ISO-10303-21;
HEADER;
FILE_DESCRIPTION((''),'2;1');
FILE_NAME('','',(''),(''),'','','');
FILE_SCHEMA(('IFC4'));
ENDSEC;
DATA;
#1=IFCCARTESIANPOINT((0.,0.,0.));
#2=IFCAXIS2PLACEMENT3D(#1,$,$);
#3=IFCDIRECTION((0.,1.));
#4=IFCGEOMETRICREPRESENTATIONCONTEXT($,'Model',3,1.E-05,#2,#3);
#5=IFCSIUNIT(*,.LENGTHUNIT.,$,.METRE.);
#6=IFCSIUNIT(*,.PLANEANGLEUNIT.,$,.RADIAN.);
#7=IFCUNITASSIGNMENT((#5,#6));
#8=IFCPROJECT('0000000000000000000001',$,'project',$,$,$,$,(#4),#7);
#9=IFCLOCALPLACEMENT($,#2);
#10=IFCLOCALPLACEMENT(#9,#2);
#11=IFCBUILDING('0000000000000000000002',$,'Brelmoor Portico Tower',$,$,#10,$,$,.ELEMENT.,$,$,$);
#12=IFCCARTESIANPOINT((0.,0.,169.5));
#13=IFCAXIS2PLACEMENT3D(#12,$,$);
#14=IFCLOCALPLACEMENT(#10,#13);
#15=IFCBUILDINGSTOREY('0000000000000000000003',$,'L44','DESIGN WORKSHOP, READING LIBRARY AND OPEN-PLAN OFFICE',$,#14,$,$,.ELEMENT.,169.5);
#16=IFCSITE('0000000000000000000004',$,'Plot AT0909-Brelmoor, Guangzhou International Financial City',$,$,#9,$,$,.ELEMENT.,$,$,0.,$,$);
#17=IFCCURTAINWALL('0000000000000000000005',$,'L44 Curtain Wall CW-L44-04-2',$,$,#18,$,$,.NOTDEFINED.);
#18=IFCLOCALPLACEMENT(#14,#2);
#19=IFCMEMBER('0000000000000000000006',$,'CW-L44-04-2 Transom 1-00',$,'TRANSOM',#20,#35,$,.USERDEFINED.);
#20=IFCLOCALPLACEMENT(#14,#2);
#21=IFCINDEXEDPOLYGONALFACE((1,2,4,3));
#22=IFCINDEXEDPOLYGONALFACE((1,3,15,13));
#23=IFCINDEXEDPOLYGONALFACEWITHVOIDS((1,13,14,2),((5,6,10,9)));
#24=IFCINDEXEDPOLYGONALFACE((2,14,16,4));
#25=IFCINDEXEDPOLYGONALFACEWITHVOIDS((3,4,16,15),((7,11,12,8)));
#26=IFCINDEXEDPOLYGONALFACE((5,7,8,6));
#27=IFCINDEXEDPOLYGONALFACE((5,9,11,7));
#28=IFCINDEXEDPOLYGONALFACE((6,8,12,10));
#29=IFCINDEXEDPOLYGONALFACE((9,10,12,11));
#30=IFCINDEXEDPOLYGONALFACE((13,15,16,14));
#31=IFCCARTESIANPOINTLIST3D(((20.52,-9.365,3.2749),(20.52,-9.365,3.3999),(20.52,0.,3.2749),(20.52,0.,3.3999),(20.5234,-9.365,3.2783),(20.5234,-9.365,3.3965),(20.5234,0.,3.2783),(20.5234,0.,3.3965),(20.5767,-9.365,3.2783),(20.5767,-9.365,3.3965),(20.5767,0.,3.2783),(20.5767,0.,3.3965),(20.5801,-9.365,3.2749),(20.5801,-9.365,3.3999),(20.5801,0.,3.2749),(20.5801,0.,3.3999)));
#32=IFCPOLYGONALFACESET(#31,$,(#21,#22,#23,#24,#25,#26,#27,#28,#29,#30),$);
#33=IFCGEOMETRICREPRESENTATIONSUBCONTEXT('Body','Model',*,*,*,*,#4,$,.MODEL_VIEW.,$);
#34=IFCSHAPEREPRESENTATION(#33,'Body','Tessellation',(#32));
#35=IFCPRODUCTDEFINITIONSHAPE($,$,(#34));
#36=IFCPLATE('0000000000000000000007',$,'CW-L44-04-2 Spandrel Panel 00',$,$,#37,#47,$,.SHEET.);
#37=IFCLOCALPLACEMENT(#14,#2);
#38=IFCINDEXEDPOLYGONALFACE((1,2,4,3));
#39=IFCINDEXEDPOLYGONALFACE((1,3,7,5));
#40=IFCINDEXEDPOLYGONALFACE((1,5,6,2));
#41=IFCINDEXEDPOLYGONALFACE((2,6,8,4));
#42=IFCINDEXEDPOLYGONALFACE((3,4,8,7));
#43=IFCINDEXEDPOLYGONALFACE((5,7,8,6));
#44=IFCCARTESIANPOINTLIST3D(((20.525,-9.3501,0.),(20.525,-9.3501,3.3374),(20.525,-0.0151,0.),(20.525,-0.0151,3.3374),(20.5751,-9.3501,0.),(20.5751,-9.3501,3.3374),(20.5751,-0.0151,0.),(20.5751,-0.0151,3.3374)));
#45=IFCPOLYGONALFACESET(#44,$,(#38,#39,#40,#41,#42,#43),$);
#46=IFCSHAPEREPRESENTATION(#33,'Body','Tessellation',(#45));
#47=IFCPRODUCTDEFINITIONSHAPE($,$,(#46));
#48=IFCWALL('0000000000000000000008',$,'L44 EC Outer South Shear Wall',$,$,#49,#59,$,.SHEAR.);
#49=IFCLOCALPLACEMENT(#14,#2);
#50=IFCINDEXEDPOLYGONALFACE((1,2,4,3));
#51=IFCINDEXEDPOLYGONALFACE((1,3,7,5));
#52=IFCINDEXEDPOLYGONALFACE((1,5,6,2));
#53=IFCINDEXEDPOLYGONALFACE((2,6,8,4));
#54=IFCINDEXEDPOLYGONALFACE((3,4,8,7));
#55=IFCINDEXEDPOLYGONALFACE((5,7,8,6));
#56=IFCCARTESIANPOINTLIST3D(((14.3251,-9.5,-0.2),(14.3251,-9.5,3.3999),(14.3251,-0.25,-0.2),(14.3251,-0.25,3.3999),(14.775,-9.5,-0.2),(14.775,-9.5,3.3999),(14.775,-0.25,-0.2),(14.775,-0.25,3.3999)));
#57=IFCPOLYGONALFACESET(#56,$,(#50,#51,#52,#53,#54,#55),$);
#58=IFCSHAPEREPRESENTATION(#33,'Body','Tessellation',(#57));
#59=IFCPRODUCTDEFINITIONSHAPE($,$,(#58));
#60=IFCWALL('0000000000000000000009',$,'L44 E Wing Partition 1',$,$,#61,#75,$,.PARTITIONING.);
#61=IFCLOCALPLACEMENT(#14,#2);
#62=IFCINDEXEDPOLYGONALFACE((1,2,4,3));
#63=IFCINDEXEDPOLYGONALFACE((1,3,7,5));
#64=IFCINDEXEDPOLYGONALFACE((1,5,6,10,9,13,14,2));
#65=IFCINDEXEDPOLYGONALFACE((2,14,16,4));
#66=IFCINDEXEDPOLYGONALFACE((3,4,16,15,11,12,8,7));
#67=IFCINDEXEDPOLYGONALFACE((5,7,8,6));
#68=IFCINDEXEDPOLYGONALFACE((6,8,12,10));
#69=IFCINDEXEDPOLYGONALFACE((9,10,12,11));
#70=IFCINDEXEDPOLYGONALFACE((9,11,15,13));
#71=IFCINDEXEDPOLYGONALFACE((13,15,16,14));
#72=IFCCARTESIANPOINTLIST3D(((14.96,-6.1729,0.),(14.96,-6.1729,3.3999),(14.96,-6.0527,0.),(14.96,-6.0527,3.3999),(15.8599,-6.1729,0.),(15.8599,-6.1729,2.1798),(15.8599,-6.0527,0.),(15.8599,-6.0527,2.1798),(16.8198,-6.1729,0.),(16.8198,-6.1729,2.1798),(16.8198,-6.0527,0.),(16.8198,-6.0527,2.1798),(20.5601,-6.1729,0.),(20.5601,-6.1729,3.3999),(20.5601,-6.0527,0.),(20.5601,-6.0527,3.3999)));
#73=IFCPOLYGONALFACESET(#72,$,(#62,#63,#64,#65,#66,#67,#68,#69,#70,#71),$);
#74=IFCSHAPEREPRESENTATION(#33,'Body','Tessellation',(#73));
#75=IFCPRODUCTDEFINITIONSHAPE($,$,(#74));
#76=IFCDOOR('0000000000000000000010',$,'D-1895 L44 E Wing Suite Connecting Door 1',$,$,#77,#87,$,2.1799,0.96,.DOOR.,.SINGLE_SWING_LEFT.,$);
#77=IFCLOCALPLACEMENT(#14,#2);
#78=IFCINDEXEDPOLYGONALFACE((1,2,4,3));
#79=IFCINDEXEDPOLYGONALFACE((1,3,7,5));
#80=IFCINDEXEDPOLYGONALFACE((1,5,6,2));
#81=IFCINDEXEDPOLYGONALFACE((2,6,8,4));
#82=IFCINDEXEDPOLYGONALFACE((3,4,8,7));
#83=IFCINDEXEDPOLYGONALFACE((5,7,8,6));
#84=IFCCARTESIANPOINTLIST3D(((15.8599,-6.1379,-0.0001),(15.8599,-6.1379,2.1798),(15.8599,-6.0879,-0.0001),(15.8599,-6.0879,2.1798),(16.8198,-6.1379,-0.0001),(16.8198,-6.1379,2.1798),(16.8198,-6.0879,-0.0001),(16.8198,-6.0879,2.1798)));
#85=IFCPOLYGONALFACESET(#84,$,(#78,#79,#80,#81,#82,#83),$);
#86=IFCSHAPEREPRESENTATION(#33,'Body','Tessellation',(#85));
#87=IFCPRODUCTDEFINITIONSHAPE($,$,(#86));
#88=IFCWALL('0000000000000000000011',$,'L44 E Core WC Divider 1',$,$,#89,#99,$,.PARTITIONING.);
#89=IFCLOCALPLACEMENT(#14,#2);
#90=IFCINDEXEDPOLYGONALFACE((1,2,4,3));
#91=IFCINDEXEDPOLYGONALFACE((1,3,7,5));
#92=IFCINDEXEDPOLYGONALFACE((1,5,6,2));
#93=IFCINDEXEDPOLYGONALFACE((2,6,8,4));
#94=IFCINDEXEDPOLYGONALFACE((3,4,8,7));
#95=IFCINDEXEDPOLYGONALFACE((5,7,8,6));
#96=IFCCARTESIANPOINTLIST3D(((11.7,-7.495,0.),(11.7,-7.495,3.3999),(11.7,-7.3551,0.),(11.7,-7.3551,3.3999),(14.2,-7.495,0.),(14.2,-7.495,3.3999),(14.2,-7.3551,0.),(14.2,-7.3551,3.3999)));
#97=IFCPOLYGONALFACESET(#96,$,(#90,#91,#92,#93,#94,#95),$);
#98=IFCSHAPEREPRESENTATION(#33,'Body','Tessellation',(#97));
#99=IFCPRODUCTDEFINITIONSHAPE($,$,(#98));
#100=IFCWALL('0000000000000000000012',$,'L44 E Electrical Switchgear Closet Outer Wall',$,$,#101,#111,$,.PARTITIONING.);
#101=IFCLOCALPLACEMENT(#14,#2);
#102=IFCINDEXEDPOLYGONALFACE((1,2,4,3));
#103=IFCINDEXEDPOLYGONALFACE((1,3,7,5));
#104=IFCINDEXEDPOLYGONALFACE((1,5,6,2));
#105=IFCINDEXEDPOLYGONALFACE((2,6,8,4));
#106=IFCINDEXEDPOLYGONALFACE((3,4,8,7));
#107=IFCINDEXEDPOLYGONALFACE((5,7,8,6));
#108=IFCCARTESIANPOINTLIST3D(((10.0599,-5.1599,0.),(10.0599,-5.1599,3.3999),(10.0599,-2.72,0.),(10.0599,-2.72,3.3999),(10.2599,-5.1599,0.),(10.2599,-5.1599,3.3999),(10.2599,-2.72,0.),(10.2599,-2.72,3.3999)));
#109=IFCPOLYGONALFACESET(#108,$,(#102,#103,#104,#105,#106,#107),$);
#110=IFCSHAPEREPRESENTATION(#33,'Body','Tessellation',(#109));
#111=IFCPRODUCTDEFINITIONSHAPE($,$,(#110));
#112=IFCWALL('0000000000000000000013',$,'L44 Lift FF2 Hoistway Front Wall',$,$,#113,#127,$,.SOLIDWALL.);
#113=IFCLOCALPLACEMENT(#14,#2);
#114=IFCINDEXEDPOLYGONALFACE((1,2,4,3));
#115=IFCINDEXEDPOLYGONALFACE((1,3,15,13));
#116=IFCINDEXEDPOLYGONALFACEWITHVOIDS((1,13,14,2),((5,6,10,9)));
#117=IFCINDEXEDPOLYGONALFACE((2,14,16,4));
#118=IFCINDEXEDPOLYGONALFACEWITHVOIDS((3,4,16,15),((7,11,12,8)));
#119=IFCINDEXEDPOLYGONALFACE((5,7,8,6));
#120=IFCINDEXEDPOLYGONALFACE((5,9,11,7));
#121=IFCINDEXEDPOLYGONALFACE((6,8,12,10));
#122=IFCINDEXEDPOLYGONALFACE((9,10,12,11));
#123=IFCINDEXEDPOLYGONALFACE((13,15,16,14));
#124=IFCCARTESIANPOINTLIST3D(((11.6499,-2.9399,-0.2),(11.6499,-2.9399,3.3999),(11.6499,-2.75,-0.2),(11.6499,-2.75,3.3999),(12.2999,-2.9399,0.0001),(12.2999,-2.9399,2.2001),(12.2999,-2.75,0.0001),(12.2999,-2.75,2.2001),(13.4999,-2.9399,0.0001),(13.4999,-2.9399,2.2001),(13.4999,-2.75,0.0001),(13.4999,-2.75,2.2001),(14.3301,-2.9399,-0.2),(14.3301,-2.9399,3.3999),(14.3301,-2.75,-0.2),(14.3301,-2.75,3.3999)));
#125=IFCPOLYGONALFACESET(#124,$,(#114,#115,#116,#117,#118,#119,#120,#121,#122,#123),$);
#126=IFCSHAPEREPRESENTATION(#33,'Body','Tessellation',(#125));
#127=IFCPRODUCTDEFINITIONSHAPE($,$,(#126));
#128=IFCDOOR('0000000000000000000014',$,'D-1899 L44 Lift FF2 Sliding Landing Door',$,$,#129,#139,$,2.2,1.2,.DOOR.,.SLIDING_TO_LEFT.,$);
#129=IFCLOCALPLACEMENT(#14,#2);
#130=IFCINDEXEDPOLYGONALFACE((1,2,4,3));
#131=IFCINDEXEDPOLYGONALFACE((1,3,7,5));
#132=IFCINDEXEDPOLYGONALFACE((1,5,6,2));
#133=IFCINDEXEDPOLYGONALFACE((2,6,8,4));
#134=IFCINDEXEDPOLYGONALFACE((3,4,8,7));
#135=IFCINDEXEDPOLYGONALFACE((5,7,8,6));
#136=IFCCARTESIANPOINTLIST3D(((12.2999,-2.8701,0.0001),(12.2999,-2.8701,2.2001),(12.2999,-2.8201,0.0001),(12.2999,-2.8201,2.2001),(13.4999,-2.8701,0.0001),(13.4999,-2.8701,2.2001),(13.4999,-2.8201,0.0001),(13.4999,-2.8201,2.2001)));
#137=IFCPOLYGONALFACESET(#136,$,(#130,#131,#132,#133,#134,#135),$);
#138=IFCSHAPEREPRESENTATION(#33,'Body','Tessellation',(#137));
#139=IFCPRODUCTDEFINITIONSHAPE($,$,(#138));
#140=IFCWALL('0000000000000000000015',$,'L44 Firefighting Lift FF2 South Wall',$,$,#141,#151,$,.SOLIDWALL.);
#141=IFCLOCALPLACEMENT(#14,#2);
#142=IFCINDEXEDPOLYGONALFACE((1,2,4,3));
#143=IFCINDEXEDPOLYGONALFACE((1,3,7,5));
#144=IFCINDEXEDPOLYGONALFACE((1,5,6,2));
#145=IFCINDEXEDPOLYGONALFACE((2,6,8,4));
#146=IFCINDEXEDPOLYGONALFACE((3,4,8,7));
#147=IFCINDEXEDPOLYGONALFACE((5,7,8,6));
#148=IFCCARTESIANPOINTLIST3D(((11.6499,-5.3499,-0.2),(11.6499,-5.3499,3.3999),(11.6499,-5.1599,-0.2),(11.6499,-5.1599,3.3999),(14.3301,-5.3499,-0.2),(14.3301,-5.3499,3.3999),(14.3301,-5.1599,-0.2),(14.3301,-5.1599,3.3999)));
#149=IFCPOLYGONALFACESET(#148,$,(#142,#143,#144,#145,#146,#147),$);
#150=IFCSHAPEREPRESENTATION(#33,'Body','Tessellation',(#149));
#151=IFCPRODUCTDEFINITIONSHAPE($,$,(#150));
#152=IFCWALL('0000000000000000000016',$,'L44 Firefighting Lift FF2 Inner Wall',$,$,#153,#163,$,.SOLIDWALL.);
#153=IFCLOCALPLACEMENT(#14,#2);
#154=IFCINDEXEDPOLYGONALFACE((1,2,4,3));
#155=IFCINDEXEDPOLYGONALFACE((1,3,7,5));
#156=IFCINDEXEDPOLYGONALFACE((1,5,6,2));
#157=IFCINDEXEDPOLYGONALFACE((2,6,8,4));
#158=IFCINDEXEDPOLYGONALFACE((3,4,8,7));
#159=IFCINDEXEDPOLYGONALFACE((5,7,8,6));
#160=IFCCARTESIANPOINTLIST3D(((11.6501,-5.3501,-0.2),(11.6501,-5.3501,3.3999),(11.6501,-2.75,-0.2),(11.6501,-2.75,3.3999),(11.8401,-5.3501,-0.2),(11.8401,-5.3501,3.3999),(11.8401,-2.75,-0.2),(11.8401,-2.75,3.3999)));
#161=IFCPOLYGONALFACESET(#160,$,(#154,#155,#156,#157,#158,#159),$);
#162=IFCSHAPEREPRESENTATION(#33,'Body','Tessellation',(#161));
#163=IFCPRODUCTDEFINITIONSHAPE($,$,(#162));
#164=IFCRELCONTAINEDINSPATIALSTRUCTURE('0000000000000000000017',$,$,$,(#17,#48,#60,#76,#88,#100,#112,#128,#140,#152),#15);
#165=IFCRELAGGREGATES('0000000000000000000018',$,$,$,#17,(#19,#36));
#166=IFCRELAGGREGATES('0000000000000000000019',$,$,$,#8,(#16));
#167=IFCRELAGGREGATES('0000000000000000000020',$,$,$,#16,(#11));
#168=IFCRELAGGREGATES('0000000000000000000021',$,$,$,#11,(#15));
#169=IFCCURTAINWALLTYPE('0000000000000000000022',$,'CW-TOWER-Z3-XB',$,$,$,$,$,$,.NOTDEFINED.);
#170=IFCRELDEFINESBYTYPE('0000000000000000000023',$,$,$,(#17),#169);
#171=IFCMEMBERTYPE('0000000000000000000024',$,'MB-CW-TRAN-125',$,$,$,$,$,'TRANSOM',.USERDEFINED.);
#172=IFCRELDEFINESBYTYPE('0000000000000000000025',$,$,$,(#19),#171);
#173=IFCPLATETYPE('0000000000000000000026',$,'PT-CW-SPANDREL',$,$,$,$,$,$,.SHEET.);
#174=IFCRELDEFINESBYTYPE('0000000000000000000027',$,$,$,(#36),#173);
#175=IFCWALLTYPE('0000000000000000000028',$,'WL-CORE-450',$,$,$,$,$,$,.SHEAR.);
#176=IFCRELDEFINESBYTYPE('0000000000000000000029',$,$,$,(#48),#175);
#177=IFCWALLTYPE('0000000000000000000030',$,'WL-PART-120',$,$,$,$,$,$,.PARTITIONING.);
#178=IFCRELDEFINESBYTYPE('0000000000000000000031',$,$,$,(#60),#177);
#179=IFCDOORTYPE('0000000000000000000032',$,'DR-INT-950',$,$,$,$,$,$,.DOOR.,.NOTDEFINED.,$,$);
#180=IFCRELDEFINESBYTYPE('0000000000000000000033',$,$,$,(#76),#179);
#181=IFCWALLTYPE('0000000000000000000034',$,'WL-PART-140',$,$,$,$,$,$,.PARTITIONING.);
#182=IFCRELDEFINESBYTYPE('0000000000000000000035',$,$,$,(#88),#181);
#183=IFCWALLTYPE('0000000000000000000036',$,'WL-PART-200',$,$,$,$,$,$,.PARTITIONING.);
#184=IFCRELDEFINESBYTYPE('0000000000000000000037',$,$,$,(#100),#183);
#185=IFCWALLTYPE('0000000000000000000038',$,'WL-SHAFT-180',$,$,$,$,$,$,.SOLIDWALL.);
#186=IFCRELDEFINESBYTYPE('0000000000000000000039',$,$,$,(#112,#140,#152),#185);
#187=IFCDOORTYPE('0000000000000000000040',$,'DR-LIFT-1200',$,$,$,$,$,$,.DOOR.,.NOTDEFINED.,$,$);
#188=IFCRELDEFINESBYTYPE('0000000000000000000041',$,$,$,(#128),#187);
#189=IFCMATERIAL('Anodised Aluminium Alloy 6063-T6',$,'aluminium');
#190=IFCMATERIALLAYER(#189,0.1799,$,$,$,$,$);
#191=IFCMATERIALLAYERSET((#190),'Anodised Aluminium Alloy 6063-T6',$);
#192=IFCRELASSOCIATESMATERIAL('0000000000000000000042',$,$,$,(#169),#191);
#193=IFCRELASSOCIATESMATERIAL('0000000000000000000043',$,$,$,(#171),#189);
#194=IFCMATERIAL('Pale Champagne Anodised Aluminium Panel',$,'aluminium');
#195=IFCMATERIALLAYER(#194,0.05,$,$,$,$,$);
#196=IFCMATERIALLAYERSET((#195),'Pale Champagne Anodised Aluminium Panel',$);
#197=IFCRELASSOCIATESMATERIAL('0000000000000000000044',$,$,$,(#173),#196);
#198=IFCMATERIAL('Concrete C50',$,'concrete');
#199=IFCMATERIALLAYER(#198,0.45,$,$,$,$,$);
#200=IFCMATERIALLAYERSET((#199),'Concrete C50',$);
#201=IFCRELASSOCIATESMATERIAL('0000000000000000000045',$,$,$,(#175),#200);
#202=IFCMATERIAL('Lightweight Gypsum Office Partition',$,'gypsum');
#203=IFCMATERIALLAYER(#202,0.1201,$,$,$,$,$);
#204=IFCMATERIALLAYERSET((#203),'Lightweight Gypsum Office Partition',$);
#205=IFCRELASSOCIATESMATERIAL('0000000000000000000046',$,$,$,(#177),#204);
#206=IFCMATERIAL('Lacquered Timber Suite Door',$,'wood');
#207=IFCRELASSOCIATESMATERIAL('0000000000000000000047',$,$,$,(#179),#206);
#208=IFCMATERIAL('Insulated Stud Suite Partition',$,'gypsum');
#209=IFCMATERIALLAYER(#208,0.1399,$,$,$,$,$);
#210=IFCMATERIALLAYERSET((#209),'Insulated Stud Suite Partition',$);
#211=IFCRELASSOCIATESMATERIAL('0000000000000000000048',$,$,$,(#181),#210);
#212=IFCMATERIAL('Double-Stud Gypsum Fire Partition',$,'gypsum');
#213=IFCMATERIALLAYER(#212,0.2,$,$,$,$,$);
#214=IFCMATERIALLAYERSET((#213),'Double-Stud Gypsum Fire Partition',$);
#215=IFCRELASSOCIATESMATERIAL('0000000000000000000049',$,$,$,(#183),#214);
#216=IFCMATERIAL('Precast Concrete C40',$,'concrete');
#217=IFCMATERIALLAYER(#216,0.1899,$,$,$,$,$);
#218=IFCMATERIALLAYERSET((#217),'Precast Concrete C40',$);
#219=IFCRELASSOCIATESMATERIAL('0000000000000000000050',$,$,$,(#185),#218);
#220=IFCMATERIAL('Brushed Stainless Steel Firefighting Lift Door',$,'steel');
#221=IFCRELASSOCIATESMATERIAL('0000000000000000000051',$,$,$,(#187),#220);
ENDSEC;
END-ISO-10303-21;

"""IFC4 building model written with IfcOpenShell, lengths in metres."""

from ifc_helpers import new_model, si_unit, direction, frame, frame_2d, origin, origin_2d, place, context, subcontext, project, spatial, rectangle, hollow_rectangle, extrude, material, layer, layer_set, material_profile, profile_set, type_object, element, fill, aggregate, save


model = new_model("IFC4")

# Units and contexts
model_context = context("Model", 3, precision=1e-05, world=origin(), true_north=direction((0.0, 1.0)))
body_context = subcontext(model_context, "Body", "Model", "MODEL_VIEW")
ifc_project = project(units=[si_unit("LENGTHUNIT", "METRE"), si_unit("PLANEANGLEUNIT", "RADIAN")], contexts=[model_context])

# Site, building, storey
site_placement = place(None, origin())
site = spatial("IfcSite", under=ifc_project, at=site_placement, Name="Plot AT0909-Brelmoor, Guangzhou International Financial City", CompositionType="ELEMENT", RefElevation=0.0)
building_placement = place(site_placement, origin())
building = spatial("IfcBuilding", under=site, at=building_placement, Name="Brelmoor Portico Tower", CompositionType="ELEMENT")
storey_placement = place(building_placement, frame((0.0, 0.0, 169.5)))
storey = spatial("IfcBuildingStorey", under=building, at=storey_placement, Name="L44", Description="DESIGN WORKSHOP, READING LIBRARY AND OPEN-PLAN OFFICE", CompositionType="ELEMENT", Elevation=169.5)

# Shared definitions
ifc_material_1 = material(Name="Anodised Aluminium Alloy 6063-T6", Category="aluminium")
ifc_layer_1 = layer(ifc_material_1, 0.1799)
ifc_layer_set_1 = layer_set([ifc_layer_1], Name="Anodised Aluminium Alloy 6063-T6")
curtain_wall_type = type_object("IfcCurtainWallType", Name="CW-TOWER-Z3-XB", PredefinedType="NOTDEFINED", material=ifc_layer_set_1)

# Curtain wall, member, plate
curtain_wall_1_placement = place(storey_placement, origin())
curtain_wall_1 = element("IfcCurtainWall", 1, at=curtain_wall_1_placement, inside=storey, type_object=curtain_wall_type, Name="L44 Curtain Wall CW-L44-04-2", PredefinedType="NOTDEFINED")
ifc_material_profile_1 = material_profile(ifc_material_1, hollow_rectangle(XDim=0.0601, YDim=0.125, WallThickness=0.0034, at=origin_2d()), Name="ALU TRANSOM 60x125")
ifc_profile_set_1 = profile_set([ifc_material_profile_1], Name="Anodised Aluminium Alloy 6063-T6")
member_type_1 = type_object("IfcMemberType", Name="MB-CW-TRAN-125", ElementType="TRANSOM", PredefinedType="USERDEFINED", material=ifc_profile_set_1)
member_1_placement = place(storey_placement, frame((20.55, -9.365, 3.3374), z_axis=(0.0, 1.0, 0.0), x_axis=(-1.0, 0.0, 0.0)))
member_1 = element("IfcMember", 2, at=member_1_placement, type_object=member_type_1, Name="CW-L44-04-2 Transom 1-00", ObjectType="TRANSOM", PredefinedType="USERDEFINED", context=body_context, shape_type="SweptSolid", body=[
    extrude(hollow_rectangle(XDim=0.0601, YDim=0.125, WallThickness=0.0034, at=origin_2d()), origin(), (0.0, 0.0, 1.0), 9.365),
])
ifc_material_2 = material(Name="Pale Champagne Anodised Aluminium Panel", Category="aluminium")
ifc_layer_2 = layer(ifc_material_2, 0.05)
ifc_layer_set_2 = layer_set([ifc_layer_2], Name="Pale Champagne Anodised Aluminium Panel")
plate_type = type_object("IfcPlateType", Name="PT-CW-SPANDREL", PredefinedType="SHEET", material=ifc_layer_set_2)
plate_placement = place(storey_placement, frame((20.55, -4.6826, 0.0), z_axis=(0.0, 0.0, 1.0), x_axis=(0.0, 1.0, 0.0)))
plate = element("IfcPlate", 3, at=plate_placement, type_object=plate_type, Name="CW-L44-04-2 Spandrel Panel 00", PredefinedType="SHEET", context=body_context, shape_type="SweptSolid", body=[
    extrude(rectangle(XDim=9.335, YDim=0.05, at=origin_2d()), origin(), (0.0, 0.0, 1.0), 3.3374),
])
aggregate(curtain_wall_1, [member_1, plate])

# Wall
ifc_material_3 = material(Name="Concrete C50", Category="concrete")
ifc_layer_3 = layer(ifc_material_3, 0.45)
ifc_layer_set_3 = layer_set([ifc_layer_3], Name="Concrete C50")
wall_type_1 = type_object("IfcWallType", Name="WL-CORE-450", PredefinedType="SHEAR", material=ifc_layer_set_3)
wall_1_placement = place(storey_placement, frame((14.55, -9.5, -0.2), z_axis=(0.0, 0.0, 1.0), x_axis=(0.0, 1.0, 0.0)))
element("IfcWall", 4, at=wall_1_placement, inside=storey, type_object=wall_type_1, Name="L44 EC Outer South Shear Wall", PredefinedType="SHEAR", context=body_context, shape_type="SweptSolid", body=[
    extrude(rectangle(XDim=9.25, YDim=0.45, at=frame_2d((4.625, 0.0))), origin(), (0.0, 0.0, 1.0), 3.5999),
])

# Wall, opening, door
ifc_material_4 = material(Name="Lightweight Gypsum Office Partition", Category="gypsum")
ifc_layer_4 = layer(ifc_material_4, 0.1201)
ifc_layer_set_4 = layer_set([ifc_layer_4], Name="Lightweight Gypsum Office Partition")
wall_type_2 = type_object("IfcWallType", Name="WL-PART-120", PredefinedType="PARTITIONING", material=ifc_layer_set_4)
wall_2_placement = place(storey_placement, frame((14.96, -6.1128, 0.0), z_axis=(0.0, 0.0, 1.0), x_axis=(1.0, 0.0, 0.0)))
wall_2 = element("IfcWall", 5, at=wall_2_placement, inside=storey, type_object=wall_type_2, Name="L44 E Wing Partition 1", PredefinedType="PARTITIONING", context=body_context, shape_type="SweptSolid", body=[
    extrude(rectangle(XDim=5.6001, YDim=0.1201, at=frame_2d((2.8, 0.0))), origin(), (0.0, 0.0, 1.0), 3.3999),
])
opening_1_placement = place(wall_2_placement, frame((0.8999, 0.0, 0.0)))
opening_1 = element("IfcOpeningElement", 6, at=opening_1_placement, cuts=wall_2, PredefinedType="OPENING", context=body_context, shape_type="SweptSolid", body=[
    extrude(rectangle(XDim=0.96, YDim=2.1799, at=frame_2d((0.48, 1.0898))), frame((0.0, 0.0701, 0.0), z_axis=(0.0, -1.0, 0.0), x_axis=(1.0, 0.0, 0.0)), (0.0, 0.0, 1.0), 0.1401),
])
ifc_material_5 = material(Name="Lacquered Timber Suite Door", Category="wood")
door_type_1 = type_object("IfcDoorType", Name="DR-INT-950", OperationType="NOTDEFINED", PredefinedType="DOOR", material=ifc_material_5)
door_1_placement = place(opening_1_placement, origin())
door_1 = element("IfcDoor", 7, at=door_1_placement, inside=storey, type_object=door_type_1, Name="D-1895 L44 E Wing Suite Connecting Door 1", OperationType="SINGLE_SWING_LEFT", OverallHeight=2.1799, OverallWidth=0.96, PredefinedType="DOOR", context=body_context, shape_type="SweptSolid", body=[
    extrude(rectangle(XDim=0.96, YDim=2.1799, at=frame_2d((0.48, 1.0898))), frame((0.0, 0.0249, 0.0), z_axis=(0.0, -1.0, 0.0), x_axis=(1.0, 0.0, 0.0)), (0.0, 0.0, 1.0), 0.05),
])
fill(opening_1, door_1)

# Wall
ifc_material_6 = material(Name="Insulated Stud Suite Partition", Category="gypsum")
ifc_layer_5 = layer(ifc_material_6, 0.1399)
ifc_layer_set_5 = layer_set([ifc_layer_5], Name="Insulated Stud Suite Partition")
wall_type_3 = type_object("IfcWallType", Name="WL-PART-140", PredefinedType="PARTITIONING", material=ifc_layer_set_5)
wall_3_placement = place(storey_placement, frame((11.7, -7.425, 0.0), z_axis=(0.0, 0.0, 1.0), x_axis=(1.0, 0.0, 0.0)))
element("IfcWall", 8, at=wall_3_placement, inside=storey, type_object=wall_type_3, Name="L44 E Core WC Divider 1", PredefinedType="PARTITIONING", context=body_context, shape_type="SweptSolid", body=[
    extrude(rectangle(XDim=2.5, YDim=0.1399, at=frame_2d((1.25, 0.0))), origin(), (0.0, 0.0, 1.0), 3.3999),
])

# Shared definitions
ifc_material_7 = material(Name="Double-Stud Gypsum Fire Partition", Category="gypsum")
ifc_layer_6 = layer(ifc_material_7, 0.2)
ifc_layer_set_6 = layer_set([ifc_layer_6], Name="Double-Stud Gypsum Fire Partition")
wall_type_4 = type_object("IfcWallType", Name="WL-PART-200", PredefinedType="PARTITIONING", material=ifc_layer_set_6)

# Wall
wall_4_placement = place(storey_placement, frame((10.1599, -5.1599, 0.0), z_axis=(0.0, 0.0, 1.0), x_axis=(0.0, 1.0, 0.0)))
element("IfcWall", 9, at=wall_4_placement, inside=storey, type_object=wall_type_4, Name="L44 E Electrical Switchgear Closet Outer Wall", PredefinedType="PARTITIONING", context=body_context, shape_type="SweptSolid", body=[
    extrude(rectangle(XDim=2.4399, YDim=0.2, at=frame_2d((1.22, 0.0))), origin(), (0.0, 0.0, 1.0), 3.3999),
])

# Wall, opening, door
ifc_material_8 = material(Name="Precast Concrete C40", Category="concrete")
ifc_layer_7 = layer(ifc_material_8, 0.1899)
ifc_layer_set_7 = layer_set([ifc_layer_7], Name="Precast Concrete C40")
wall_type_5 = type_object("IfcWallType", Name="WL-SHAFT-180", PredefinedType="SOLIDWALL", material=ifc_layer_set_7)
wall_5_placement = place(storey_placement, frame((11.6499, -2.845, -0.2), z_axis=(0.0, 0.0, 1.0), x_axis=(1.0, 0.0, 0.0)))
wall_5 = element("IfcWall", 10, at=wall_5_placement, inside=storey, type_object=wall_type_5, Name="L44 Lift FF2 Hoistway Front Wall", PredefinedType="SOLIDWALL", context=body_context, shape_type="SweptSolid", body=[
    extrude(rectangle(XDim=2.6802, YDim=0.1899, at=frame_2d((1.3401, 0.0))), origin(), (0.0, 0.0, 1.0), 3.5999),
])
opening_2_placement = place(wall_5_placement, frame((0.6499, 0.0, 0.2)))
opening_2 = element("IfcOpeningElement", 11, at=opening_2_placement, cuts=wall_5, PredefinedType="OPENING", context=body_context, shape_type="SweptSolid", body=[
    extrude(rectangle(XDim=1.2, YDim=2.2, at=frame_2d((0.6001, 1.1001))), frame((0.0, 0.105, 0.0), z_axis=(0.0, -1.0, 0.0), x_axis=(1.0, 0.0, 0.0)), (0.0, 0.0, 1.0), 0.21),
])
ifc_material_9 = material(Name="Brushed Stainless Steel Firefighting Lift Door", Category="steel")
door_type_2 = type_object("IfcDoorType", Name="DR-LIFT-1200", OperationType="NOTDEFINED", PredefinedType="DOOR", material=ifc_material_9)
door_2_placement = place(opening_2_placement, origin())
door_2 = element("IfcDoor", 12, at=door_2_placement, inside=storey, type_object=door_type_2, Name="D-1899 L44 Lift FF2 Sliding Landing Door", OperationType="SLIDING_TO_LEFT", OverallHeight=2.2, OverallWidth=1.2, PredefinedType="DOOR", context=body_context, shape_type="SweptSolid", body=[
    extrude(rectangle(XDim=1.2, YDim=2.2, at=frame_2d((0.6001, 1.1001))), frame((0.0, 0.0249, 0.0), z_axis=(0.0, -1.0, 0.0), x_axis=(1.0, 0.0, 0.0)), (0.0, 0.0, 1.0), 0.05),
])
fill(opening_2, door_2)

# Walls
wall_6_placement = place(storey_placement, frame((11.6499, -5.2549, -0.2), z_axis=(0.0, 0.0, 1.0), x_axis=(1.0, 0.0, 0.0)))
element("IfcWall", 13, at=wall_6_placement, inside=storey, type_object=wall_type_5, Name="L44 Firefighting Lift FF2 South Wall", PredefinedType="SOLIDWALL", context=body_context, shape_type="SweptSolid", body=[
    extrude(rectangle(XDim=2.6802, YDim=0.1899, at=frame_2d((1.3401, 0.0))), origin(), (0.0, 0.0, 1.0), 3.5999),
])
wall_7_placement = place(storey_placement, frame((11.7451, -5.3501, -0.2), z_axis=(0.0, 0.0, 1.0), x_axis=(0.0, 1.0, 0.0)))
element("IfcWall", 14, at=wall_7_placement, inside=storey, type_object=wall_type_5, Name="L44 Firefighting Lift FF2 Inner Wall", PredefinedType="SOLIDWALL", context=body_context, shape_type="SweptSolid", body=[
    extrude(rectangle(XDim=2.6001, YDim=0.1899, at=frame_2d((1.3, 0.0))), origin(), (0.0, 0.0, 1.0), 3.5999),
])

save(model, "model.ifc")
